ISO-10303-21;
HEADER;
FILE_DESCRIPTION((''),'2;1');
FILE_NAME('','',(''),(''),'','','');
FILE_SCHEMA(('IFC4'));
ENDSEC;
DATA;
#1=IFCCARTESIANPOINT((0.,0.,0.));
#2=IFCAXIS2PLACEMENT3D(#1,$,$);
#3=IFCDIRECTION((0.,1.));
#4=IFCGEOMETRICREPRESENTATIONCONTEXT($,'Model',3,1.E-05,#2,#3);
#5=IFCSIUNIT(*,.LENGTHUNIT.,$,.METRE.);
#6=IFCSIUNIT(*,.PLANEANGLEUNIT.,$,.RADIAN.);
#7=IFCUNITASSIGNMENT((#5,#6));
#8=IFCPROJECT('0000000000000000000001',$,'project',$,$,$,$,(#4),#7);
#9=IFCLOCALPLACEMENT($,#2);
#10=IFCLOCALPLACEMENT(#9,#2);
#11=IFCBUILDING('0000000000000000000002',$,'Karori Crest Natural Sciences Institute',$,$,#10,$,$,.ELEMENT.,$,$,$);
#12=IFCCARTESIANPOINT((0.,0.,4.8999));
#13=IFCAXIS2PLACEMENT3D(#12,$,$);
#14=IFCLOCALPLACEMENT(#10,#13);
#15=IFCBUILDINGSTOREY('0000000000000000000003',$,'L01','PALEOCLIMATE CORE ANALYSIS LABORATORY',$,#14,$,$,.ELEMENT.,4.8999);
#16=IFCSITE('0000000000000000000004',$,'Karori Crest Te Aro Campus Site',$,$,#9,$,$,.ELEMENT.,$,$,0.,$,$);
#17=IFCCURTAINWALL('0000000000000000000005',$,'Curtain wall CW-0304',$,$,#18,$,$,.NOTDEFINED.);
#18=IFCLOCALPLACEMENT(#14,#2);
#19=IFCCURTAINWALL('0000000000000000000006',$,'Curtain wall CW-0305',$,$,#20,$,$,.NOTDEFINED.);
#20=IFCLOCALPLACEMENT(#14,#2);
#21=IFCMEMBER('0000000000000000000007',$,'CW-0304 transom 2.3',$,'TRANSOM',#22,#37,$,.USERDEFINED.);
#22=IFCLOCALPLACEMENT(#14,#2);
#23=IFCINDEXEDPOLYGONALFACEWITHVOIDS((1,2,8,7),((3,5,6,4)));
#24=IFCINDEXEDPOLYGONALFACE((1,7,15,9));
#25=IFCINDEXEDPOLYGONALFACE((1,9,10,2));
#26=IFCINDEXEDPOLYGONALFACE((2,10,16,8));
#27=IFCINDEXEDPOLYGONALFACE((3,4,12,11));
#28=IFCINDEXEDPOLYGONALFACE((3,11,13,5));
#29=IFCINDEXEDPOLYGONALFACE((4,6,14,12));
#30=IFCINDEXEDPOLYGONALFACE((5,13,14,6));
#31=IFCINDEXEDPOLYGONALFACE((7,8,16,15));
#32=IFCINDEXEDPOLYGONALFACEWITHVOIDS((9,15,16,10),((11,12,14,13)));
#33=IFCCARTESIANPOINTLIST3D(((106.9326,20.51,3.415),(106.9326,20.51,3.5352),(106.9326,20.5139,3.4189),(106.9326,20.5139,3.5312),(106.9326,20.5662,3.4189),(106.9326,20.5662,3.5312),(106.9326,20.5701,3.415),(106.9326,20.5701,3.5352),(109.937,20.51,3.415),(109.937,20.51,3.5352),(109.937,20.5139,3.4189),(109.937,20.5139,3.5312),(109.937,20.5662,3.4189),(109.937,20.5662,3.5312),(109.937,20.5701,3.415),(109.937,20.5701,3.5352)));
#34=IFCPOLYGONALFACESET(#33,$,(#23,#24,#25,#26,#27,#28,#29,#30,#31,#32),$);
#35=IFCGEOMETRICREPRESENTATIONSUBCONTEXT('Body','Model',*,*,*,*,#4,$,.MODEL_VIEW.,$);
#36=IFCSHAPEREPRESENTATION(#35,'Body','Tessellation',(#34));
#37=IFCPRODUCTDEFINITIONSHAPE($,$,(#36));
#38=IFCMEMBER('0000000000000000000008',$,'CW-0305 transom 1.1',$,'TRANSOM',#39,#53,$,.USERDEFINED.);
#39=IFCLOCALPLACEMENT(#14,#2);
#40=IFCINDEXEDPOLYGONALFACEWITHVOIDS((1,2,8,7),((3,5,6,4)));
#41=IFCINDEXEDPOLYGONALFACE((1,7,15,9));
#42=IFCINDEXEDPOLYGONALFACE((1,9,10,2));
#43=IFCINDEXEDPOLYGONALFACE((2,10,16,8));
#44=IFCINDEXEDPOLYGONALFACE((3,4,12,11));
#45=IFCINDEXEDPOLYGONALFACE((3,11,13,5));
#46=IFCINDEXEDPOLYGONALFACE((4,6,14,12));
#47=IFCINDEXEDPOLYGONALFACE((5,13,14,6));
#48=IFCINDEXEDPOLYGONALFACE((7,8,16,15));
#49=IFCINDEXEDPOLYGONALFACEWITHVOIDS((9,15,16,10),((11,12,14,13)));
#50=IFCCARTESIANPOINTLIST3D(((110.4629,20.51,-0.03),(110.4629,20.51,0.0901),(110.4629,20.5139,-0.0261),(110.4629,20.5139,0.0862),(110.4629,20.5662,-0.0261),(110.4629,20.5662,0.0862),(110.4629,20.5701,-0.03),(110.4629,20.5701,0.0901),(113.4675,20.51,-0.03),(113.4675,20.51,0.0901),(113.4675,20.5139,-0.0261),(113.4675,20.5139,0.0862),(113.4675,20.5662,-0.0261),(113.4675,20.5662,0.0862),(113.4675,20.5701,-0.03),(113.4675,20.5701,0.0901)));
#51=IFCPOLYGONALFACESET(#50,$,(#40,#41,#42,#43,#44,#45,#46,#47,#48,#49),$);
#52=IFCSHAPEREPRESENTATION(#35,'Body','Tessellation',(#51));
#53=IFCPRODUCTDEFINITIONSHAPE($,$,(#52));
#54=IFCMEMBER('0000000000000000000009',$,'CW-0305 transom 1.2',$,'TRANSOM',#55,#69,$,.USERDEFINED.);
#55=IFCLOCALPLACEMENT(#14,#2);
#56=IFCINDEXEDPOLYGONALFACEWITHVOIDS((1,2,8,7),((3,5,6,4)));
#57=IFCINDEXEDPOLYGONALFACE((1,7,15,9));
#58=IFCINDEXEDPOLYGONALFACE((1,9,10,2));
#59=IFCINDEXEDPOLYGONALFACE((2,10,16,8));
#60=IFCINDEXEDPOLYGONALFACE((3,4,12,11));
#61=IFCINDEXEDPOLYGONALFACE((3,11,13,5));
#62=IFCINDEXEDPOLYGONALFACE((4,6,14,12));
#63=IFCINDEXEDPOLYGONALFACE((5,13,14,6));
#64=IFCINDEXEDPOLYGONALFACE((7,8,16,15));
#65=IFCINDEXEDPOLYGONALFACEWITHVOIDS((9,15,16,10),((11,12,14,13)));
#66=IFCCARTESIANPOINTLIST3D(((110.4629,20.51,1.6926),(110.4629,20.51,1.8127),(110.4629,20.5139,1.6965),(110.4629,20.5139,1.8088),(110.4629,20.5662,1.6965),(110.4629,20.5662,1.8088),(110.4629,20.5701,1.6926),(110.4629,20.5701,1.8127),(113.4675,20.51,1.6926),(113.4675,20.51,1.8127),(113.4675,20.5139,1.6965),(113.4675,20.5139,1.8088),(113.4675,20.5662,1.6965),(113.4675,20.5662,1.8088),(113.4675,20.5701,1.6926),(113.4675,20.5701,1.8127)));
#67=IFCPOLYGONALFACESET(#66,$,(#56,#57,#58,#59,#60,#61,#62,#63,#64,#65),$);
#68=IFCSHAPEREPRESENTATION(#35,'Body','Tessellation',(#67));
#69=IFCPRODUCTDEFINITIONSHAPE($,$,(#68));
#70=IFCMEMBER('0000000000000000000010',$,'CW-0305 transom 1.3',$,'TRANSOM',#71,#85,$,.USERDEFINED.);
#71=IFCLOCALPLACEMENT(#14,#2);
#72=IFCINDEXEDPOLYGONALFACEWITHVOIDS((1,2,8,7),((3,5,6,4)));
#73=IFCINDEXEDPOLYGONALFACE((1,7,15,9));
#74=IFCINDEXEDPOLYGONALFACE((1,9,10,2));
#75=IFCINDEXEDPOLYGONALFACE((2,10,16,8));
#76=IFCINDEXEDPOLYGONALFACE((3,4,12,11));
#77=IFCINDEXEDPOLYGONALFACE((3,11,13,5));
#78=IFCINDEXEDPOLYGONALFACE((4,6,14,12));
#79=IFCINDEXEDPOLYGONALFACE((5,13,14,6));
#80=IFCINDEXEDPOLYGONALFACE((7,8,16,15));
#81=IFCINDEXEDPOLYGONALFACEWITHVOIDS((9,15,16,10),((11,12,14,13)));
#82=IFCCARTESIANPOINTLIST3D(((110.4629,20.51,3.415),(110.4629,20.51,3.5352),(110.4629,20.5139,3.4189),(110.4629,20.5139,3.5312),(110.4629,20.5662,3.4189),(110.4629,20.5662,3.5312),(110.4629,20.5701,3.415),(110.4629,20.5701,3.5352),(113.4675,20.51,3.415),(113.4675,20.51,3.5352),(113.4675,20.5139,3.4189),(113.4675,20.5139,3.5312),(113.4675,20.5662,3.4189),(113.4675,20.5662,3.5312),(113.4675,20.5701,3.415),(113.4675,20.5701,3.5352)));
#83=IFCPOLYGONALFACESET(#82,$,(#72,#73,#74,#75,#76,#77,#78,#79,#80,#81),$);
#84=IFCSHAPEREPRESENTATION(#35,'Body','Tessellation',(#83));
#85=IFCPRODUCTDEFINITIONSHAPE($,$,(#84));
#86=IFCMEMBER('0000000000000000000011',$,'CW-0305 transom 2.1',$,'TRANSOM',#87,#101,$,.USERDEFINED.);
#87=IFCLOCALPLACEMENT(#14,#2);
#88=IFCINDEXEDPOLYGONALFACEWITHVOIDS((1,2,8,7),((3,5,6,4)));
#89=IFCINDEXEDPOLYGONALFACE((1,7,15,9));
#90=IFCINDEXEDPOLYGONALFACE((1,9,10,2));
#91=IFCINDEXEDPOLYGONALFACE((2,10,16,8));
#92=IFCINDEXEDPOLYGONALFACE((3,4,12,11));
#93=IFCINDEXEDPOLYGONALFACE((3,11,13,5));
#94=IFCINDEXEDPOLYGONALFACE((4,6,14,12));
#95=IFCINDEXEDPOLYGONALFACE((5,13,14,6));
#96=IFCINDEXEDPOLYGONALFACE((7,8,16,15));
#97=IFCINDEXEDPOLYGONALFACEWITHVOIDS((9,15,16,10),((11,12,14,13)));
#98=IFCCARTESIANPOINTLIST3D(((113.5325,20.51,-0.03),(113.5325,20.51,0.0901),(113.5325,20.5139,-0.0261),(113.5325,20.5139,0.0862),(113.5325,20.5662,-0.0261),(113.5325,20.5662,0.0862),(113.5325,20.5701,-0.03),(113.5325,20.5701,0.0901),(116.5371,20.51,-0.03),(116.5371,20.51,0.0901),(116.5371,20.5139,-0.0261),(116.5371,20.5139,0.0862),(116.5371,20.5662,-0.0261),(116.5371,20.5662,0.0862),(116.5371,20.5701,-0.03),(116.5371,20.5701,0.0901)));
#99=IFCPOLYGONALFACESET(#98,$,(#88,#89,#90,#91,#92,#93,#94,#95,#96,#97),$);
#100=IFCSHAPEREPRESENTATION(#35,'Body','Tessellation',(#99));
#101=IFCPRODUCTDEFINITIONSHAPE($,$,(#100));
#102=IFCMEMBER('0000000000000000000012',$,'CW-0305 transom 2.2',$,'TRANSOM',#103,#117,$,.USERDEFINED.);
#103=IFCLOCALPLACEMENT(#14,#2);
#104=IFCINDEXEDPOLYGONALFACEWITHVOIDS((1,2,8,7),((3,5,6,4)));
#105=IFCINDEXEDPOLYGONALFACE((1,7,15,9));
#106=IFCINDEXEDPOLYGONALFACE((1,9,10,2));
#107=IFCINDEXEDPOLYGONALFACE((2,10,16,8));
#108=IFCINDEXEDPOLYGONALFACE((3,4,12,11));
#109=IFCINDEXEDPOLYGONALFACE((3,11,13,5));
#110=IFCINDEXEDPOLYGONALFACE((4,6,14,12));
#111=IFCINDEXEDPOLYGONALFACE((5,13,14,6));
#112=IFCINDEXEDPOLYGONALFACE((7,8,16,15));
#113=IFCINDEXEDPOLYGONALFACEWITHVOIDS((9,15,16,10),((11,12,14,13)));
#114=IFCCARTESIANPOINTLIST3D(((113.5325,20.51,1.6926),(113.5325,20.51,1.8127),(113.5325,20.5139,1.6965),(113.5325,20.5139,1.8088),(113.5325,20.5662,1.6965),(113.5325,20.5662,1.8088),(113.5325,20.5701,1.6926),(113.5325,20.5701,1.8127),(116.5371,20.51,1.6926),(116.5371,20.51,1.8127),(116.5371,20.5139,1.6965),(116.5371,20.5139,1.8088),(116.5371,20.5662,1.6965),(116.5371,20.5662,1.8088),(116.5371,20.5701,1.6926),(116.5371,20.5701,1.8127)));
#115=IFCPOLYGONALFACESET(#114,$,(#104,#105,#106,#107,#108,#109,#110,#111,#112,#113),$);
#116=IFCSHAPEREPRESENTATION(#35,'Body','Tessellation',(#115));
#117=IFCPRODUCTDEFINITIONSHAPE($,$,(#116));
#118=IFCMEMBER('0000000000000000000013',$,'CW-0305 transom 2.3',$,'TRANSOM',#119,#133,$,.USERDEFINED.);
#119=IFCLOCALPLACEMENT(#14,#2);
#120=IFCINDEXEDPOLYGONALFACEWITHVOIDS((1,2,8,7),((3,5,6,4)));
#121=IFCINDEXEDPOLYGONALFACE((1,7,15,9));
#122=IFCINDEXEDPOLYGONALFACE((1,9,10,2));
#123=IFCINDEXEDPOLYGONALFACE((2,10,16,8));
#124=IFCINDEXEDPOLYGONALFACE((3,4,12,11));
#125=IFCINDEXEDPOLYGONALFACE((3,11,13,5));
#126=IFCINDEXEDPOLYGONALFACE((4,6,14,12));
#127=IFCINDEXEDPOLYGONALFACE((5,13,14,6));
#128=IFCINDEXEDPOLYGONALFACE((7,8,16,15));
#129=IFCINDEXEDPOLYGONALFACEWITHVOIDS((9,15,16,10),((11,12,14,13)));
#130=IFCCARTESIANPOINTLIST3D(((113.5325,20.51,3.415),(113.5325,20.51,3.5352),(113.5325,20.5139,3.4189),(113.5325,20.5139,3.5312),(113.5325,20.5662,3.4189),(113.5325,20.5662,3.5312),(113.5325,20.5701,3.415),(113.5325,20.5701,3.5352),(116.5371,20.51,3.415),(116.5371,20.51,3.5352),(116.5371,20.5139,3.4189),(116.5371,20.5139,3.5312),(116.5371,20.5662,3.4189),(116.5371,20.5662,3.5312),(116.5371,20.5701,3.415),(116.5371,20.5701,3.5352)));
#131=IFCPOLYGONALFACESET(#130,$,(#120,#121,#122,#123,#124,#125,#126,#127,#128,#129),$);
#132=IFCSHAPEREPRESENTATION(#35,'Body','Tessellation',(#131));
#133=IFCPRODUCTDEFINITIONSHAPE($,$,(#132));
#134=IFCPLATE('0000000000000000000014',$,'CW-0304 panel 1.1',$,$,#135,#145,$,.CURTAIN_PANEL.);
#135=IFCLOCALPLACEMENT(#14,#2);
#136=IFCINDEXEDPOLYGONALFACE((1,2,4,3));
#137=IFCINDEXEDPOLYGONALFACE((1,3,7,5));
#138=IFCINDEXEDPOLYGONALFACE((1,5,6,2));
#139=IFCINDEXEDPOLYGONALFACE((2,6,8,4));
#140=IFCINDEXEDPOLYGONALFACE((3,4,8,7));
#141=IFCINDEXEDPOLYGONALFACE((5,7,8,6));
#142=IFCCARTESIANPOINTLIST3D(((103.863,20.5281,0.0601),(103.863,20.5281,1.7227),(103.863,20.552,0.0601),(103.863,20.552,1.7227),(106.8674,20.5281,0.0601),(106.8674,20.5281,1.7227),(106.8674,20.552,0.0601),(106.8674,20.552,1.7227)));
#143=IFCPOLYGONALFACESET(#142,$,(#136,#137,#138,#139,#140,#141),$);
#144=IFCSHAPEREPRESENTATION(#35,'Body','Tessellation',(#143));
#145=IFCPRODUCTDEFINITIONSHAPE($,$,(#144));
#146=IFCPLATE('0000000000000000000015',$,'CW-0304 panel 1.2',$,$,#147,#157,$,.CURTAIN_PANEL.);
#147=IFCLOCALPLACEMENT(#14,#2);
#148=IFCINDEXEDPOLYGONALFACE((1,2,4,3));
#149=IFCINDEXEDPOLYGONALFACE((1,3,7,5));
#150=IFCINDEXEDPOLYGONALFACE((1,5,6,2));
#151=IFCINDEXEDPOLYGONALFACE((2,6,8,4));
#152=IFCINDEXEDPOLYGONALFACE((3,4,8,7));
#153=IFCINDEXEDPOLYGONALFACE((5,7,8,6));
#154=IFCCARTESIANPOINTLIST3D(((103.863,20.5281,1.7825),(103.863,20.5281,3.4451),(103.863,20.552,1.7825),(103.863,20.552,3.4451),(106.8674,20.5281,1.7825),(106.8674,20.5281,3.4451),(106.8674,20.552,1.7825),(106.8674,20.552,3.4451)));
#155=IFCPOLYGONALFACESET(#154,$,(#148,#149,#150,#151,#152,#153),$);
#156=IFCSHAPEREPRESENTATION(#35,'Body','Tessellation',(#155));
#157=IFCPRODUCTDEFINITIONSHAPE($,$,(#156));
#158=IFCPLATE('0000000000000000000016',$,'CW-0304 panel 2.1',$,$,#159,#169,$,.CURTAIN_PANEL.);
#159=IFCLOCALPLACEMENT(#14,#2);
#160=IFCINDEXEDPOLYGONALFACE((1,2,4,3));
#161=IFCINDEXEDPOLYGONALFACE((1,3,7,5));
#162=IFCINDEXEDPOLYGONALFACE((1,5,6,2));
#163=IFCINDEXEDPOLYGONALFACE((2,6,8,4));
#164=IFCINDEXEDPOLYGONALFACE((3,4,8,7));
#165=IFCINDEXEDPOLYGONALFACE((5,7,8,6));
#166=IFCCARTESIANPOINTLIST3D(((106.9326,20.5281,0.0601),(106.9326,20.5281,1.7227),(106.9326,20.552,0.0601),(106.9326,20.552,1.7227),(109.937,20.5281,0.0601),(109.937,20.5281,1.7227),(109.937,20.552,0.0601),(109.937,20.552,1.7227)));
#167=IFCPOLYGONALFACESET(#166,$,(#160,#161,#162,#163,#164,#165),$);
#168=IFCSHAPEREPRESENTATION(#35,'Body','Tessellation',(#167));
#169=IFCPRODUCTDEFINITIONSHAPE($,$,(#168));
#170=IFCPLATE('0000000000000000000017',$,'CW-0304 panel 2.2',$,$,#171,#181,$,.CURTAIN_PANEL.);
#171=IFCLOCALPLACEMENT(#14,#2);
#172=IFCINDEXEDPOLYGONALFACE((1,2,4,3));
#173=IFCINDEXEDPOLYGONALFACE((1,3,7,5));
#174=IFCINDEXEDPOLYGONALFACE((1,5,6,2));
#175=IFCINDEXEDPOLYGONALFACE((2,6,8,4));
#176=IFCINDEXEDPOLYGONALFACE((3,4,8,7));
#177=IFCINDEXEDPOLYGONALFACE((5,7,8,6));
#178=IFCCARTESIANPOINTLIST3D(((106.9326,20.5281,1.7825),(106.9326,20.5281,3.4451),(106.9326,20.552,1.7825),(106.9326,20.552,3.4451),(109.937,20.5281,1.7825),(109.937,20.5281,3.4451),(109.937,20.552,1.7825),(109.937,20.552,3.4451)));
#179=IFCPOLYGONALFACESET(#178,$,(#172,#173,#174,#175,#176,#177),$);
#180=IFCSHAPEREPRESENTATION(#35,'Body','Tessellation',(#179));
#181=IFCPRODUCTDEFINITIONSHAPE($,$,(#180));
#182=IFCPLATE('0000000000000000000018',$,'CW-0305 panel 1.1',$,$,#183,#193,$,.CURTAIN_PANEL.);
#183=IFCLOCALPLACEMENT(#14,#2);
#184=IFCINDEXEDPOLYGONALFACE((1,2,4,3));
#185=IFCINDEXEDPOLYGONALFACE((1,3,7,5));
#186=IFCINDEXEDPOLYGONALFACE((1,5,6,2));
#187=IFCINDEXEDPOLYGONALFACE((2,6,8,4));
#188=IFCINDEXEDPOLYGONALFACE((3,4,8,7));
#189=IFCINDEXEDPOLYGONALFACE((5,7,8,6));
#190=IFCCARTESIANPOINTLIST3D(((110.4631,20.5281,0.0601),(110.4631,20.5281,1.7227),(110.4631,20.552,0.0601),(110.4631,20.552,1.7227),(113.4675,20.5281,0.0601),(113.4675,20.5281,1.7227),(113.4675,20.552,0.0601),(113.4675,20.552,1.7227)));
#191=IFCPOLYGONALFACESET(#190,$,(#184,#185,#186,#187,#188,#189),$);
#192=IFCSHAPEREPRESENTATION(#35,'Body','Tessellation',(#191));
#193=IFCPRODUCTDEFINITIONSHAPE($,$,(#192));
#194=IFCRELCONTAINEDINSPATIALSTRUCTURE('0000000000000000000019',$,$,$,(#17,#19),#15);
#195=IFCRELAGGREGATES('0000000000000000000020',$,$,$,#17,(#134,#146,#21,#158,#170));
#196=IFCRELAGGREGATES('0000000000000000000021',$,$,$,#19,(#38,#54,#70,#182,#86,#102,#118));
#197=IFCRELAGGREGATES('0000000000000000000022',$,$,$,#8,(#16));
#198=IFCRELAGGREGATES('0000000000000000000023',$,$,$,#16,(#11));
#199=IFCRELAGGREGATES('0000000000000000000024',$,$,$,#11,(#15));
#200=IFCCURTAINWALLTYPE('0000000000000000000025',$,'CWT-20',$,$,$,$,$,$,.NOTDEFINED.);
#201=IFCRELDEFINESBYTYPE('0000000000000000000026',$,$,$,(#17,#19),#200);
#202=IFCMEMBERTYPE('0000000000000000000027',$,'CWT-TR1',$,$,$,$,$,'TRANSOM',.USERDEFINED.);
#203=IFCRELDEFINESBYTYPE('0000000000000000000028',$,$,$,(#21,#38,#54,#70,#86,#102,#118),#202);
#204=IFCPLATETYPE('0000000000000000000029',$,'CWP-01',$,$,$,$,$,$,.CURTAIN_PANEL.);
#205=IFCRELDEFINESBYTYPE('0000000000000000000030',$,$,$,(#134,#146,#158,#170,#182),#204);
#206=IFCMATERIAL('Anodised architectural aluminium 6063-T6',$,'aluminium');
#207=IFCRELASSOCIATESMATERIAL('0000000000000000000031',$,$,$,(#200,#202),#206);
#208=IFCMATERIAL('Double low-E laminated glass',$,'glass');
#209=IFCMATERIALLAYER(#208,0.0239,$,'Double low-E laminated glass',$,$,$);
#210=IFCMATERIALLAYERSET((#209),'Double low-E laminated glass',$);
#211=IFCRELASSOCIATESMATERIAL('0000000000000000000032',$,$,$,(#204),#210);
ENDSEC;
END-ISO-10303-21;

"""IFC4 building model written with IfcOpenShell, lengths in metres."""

from ifc_helpers import new_model, si_unit, direction, frame, origin, origin_2d, place, context, subcontext, project, spatial, rectangle, hollow_rectangle, extrude, material, layer, layer_set, material_profile, profile_set, type_object, element, aggregate, save


model = new_model("IFC4")

# Units and contexts
model_context = context("Model", 3, precision=1e-05, world=origin(), true_north=direction((0.0, 1.0)))
body_context = subcontext(model_context, "Body", "Model", "MODEL_VIEW")
ifc_project = project(units=[si_unit("LENGTHUNIT", "METRE"), si_unit("PLANEANGLEUNIT", "RADIAN")], contexts=[model_context])

# Site, building, storey
site_placement = place(None, origin())
site = spatial("IfcSite", under=ifc_project, at=site_placement, Name="Karori Crest Te Aro Campus Site", CompositionType="ELEMENT", RefElevation=0.0)
building_placement = place(site_placement, origin())
building = spatial("IfcBuilding", under=site, at=building_placement, Name="Karori Crest Natural Sciences Institute", CompositionType="ELEMENT")
storey_placement = place(building_placement, frame((0.0, 0.0, 4.8999)))
storey = spatial("IfcBuildingStorey", under=building, at=storey_placement, Name="L01", Description="PALEOCLIMATE CORE ANALYSIS LABORATORY", CompositionType="ELEMENT", Elevation=4.8999)

# Curtain walls
ifc_material_1 = material(Name="Anodised architectural aluminium 6063-T6", Category="aluminium")
curtain_wall_type = type_object("IfcCurtainWallType", Name="CWT-20", PredefinedType="NOTDEFINED", material=ifc_material_1)
curtain_wall_1_placement = place(storey_placement, origin())
curtain_wall_1 = element("IfcCurtainWall", 1, at=curtain_wall_1_placement, inside=storey, type_object=curtain_wall_type, Name="Curtain wall CW-0304", PredefinedType="NOTDEFINED")
curtain_wall_2_placement = place(storey_placement, origin())
curtain_wall_2 = element("IfcCurtainWall", 2, at=curtain_wall_2_placement, inside=storey, type_object=curtain_wall_type, Name="Curtain wall CW-0305", PredefinedType="NOTDEFINED")

# Members
ifc_material_profile_1 = material_profile(ifc_material_1, hollow_rectangle(XDim=0.0601, YDim=0.1201, WallThickness=0.0039, at=origin_2d()), Name="CWT120x60x4")
ifc_profile_set_1 = profile_set([ifc_material_profile_1], Name="Anodised architectural aluminium 6063-T6")
member_type_1 = type_object("IfcMemberType", Name="CWT-TR1", ElementType="TRANSOM", PredefinedType="USERDEFINED", material=ifc_profile_set_1)
member_1_placement = place(storey_placement, frame((106.9326, 20.54, 3.4751), z_axis=(1.0, 0.0, 0.0), x_axis=(0.0, 1.0, 0.0)))
member_1 = element("IfcMember", 3, at=member_1_placement, type_object=member_type_1, Name="CW-0304 transom 2.3", ObjectType="TRANSOM", PredefinedType="USERDEFINED", context=body_context, shape_type="SweptSolid", body=[
    extrude(hollow_rectangle(XDim=0.0601, YDim=0.1201, WallThickness=0.0039, at=origin_2d()), origin(), (0.0, 0.0, 1.0), 3.0044),
])
member_2_placement = place(storey_placement, frame((110.4629, 20.54, 0.03), z_axis=(1.0, 0.0, 0.0), x_axis=(0.0, 1.0, 0.0)))
member_2 = element("IfcMember", 4, at=member_2_placement, type_object=member_type_1, Name="CW-0305 transom 1.1", ObjectType="TRANSOM", PredefinedType="USERDEFINED", context=body_context, shape_type="SweptSolid", body=[
    extrude(hollow_rectangle(XDim=0.0601, YDim=0.1201, WallThickness=0.0039, at=origin_2d()), origin(), (0.0, 0.0, 1.0), 3.0046),
])
member_3_placement = place(storey_placement, frame((110.4629, 20.54, 1.7527), z_axis=(1.0, 0.0, 0.0), x_axis=(0.0, 1.0, 0.0)))
member_3 = element("IfcMember", 5, at=member_3_placement, type_object=member_type_1, Name="CW-0305 transom 1.2", ObjectType="TRANSOM", PredefinedType="USERDEFINED", context=body_context, shape_type="SweptSolid", body=[
    extrude(hollow_rectangle(XDim=0.0601, YDim=0.1201, WallThickness=0.0039, at=origin_2d()), origin(), (0.0, 0.0, 1.0), 3.0046),
])
member_4_placement = place(storey_placement, frame((110.4629, 20.54, 3.4751), z_axis=(1.0, 0.0, 0.0), x_axis=(0.0, 1.0, 0.0)))
member_4 = element("IfcMember", 6, at=member_4_placement, type_object=member_type_1, Name="CW-0305 transom 1.3", ObjectType="TRANSOM", PredefinedType="USERDEFINED", context=body_context, shape_type="SweptSolid", body=[
    extrude(hollow_rectangle(XDim=0.0601, YDim=0.1201, WallThickness=0.0039, at=origin_2d()), origin(), (0.0, 0.0, 1.0), 3.0046),
])
member_5_placement = place(storey_placement, frame((113.5325, 20.54, 0.03), z_axis=(1.0, 0.0, 0.0), x_axis=(0.0, 1.0, 0.0)))
member_5 = element("IfcMember", 7, at=member_5_placement, type_object=member_type_1, Name="CW-0305 transom 2.1", ObjectType="TRANSOM", PredefinedType="USERDEFINED", context=body_context, shape_type="SweptSolid", body=[
    extrude(hollow_rectangle(XDim=0.0601, YDim=0.1201, WallThickness=0.0039, at=origin_2d()), origin(), (0.0, 0.0, 1.0), 3.0046),
])
member_6_placement = place(storey_placement, frame((113.5325, 20.54, 1.7527), z_axis=(1.0, 0.0, 0.0), x_axis=(0.0, 1.0, 0.0)))
member_6 = element("IfcMember", 8, at=member_6_placement, type_object=member_type_1, Name="CW-0305 transom 2.2", ObjectType="TRANSOM", PredefinedType="USERDEFINED", context=body_context, shape_type="SweptSolid", body=[
    extrude(hollow_rectangle(XDim=0.0601, YDim=0.1201, WallThickness=0.0039, at=origin_2d()), origin(), (0.0, 0.0, 1.0), 3.0046),
])
member_7_placement = place(storey_placement, frame((113.5325, 20.54, 3.4751), z_axis=(1.0, 0.0, 0.0), x_axis=(0.0, 1.0, 0.0)))
member_7 = element("IfcMember", 9, at=member_7_placement, type_object=member_type_1, Name="CW-0305 transom 2.3", ObjectType="TRANSOM", PredefinedType="USERDEFINED", context=body_context, shape_type="SweptSolid", body=[
    extrude(hollow_rectangle(XDim=0.0601, YDim=0.1201, WallThickness=0.0039, at=origin_2d()), origin(), (0.0, 0.0, 1.0), 3.0046),
])

# Plates
ifc_material_2 = material(Name="Double low-E laminated glass", Category="glass")
ifc_layer_1 = layer(ifc_material_2, 0.0239, Name="Double low-E laminated glass")
ifc_layer_set_1 = layer_set([ifc_layer_1], Name="Double low-E laminated glass")
plate_type_1 = type_object("IfcPlateType", Name="CWP-01", PredefinedType="CURTAIN_PANEL", material=ifc_layer_set_1)
plate_1_placement = place(storey_placement, frame((105.3652, 20.54, 0.0601), z_axis=(0.0, 0.0, 1.0), x_axis=(1.0, 0.0, 0.0)))
plate_1 = element("IfcPlate", 10, at=plate_1_placement, type_object=plate_type_1, Name="CW-0304 panel 1.1", PredefinedType="CURTAIN_PANEL", context=body_context, shape_type="SweptSolid", body=[
    extrude(rectangle(XDim=3.0044, YDim=0.0239, at=origin_2d()), origin(), (0.0, 0.0, 1.0), 1.6626),
])
plate_2_placement = place(storey_placement, frame((105.3652, 20.54, 1.7825), z_axis=(0.0, 0.0, 1.0), x_axis=(1.0, 0.0, 0.0)))
plate_2 = element("IfcPlate", 11, at=plate_2_placement, type_object=plate_type_1, Name="CW-0304 panel 1.2", PredefinedType="CURTAIN_PANEL", context=body_context, shape_type="SweptSolid", body=[
    extrude(rectangle(XDim=3.0044, YDim=0.0239, at=origin_2d()), origin(), (0.0, 0.0, 1.0), 1.6626),
])
plate_3_placement = place(storey_placement, frame((108.4348, 20.54, 0.0601), z_axis=(0.0, 0.0, 1.0), x_axis=(1.0, 0.0, 0.0)))
plate_3 = element("IfcPlate", 12, at=plate_3_placement, type_object=plate_type_1, Name="CW-0304 panel 2.1", PredefinedType="CURTAIN_PANEL", context=body_context, shape_type="SweptSolid", body=[
    extrude(rectangle(XDim=3.0044, YDim=0.0239, at=origin_2d()), origin(), (0.0, 0.0, 1.0), 1.6626),
])
plate_4_placement = place(storey_placement, frame((108.4348, 20.54, 1.7825), z_axis=(0.0, 0.0, 1.0), x_axis=(1.0, 0.0, 0.0)))
plate_4 = element("IfcPlate", 13, at=plate_4_placement, type_object=plate_type_1, Name="CW-0304 panel 2.2", PredefinedType="CURTAIN_PANEL", context=body_context, shape_type="SweptSolid", body=[
    extrude(rectangle(XDim=3.0044, YDim=0.0239, at=origin_2d()), origin(), (0.0, 0.0, 1.0), 1.6626),
])
aggregate(curtain_wall_1, [plate_1, plate_2, member_1, plate_3, plate_4])
plate_5_placement = place(storey_placement, frame((111.9653, 20.54, 0.0601), z_axis=(0.0, 0.0, 1.0), x_axis=(1.0, 0.0, 0.0)))
plate_5 = element("IfcPlate", 14, at=plate_5_placement, type_object=plate_type_1, Name="CW-0305 panel 1.1", PredefinedType="CURTAIN_PANEL", context=body_context, shape_type="SweptSolid", body=[
    extrude(rectangle(XDim=3.0044, YDim=0.0239, at=origin_2d()), origin(), (0.0, 0.0, 1.0), 1.6626),
])
aggregate(curtain_wall_2, [member_2, member_3, member_4, plate_5, member_5, member_6, member_7])

save(model, "model.ifc")
